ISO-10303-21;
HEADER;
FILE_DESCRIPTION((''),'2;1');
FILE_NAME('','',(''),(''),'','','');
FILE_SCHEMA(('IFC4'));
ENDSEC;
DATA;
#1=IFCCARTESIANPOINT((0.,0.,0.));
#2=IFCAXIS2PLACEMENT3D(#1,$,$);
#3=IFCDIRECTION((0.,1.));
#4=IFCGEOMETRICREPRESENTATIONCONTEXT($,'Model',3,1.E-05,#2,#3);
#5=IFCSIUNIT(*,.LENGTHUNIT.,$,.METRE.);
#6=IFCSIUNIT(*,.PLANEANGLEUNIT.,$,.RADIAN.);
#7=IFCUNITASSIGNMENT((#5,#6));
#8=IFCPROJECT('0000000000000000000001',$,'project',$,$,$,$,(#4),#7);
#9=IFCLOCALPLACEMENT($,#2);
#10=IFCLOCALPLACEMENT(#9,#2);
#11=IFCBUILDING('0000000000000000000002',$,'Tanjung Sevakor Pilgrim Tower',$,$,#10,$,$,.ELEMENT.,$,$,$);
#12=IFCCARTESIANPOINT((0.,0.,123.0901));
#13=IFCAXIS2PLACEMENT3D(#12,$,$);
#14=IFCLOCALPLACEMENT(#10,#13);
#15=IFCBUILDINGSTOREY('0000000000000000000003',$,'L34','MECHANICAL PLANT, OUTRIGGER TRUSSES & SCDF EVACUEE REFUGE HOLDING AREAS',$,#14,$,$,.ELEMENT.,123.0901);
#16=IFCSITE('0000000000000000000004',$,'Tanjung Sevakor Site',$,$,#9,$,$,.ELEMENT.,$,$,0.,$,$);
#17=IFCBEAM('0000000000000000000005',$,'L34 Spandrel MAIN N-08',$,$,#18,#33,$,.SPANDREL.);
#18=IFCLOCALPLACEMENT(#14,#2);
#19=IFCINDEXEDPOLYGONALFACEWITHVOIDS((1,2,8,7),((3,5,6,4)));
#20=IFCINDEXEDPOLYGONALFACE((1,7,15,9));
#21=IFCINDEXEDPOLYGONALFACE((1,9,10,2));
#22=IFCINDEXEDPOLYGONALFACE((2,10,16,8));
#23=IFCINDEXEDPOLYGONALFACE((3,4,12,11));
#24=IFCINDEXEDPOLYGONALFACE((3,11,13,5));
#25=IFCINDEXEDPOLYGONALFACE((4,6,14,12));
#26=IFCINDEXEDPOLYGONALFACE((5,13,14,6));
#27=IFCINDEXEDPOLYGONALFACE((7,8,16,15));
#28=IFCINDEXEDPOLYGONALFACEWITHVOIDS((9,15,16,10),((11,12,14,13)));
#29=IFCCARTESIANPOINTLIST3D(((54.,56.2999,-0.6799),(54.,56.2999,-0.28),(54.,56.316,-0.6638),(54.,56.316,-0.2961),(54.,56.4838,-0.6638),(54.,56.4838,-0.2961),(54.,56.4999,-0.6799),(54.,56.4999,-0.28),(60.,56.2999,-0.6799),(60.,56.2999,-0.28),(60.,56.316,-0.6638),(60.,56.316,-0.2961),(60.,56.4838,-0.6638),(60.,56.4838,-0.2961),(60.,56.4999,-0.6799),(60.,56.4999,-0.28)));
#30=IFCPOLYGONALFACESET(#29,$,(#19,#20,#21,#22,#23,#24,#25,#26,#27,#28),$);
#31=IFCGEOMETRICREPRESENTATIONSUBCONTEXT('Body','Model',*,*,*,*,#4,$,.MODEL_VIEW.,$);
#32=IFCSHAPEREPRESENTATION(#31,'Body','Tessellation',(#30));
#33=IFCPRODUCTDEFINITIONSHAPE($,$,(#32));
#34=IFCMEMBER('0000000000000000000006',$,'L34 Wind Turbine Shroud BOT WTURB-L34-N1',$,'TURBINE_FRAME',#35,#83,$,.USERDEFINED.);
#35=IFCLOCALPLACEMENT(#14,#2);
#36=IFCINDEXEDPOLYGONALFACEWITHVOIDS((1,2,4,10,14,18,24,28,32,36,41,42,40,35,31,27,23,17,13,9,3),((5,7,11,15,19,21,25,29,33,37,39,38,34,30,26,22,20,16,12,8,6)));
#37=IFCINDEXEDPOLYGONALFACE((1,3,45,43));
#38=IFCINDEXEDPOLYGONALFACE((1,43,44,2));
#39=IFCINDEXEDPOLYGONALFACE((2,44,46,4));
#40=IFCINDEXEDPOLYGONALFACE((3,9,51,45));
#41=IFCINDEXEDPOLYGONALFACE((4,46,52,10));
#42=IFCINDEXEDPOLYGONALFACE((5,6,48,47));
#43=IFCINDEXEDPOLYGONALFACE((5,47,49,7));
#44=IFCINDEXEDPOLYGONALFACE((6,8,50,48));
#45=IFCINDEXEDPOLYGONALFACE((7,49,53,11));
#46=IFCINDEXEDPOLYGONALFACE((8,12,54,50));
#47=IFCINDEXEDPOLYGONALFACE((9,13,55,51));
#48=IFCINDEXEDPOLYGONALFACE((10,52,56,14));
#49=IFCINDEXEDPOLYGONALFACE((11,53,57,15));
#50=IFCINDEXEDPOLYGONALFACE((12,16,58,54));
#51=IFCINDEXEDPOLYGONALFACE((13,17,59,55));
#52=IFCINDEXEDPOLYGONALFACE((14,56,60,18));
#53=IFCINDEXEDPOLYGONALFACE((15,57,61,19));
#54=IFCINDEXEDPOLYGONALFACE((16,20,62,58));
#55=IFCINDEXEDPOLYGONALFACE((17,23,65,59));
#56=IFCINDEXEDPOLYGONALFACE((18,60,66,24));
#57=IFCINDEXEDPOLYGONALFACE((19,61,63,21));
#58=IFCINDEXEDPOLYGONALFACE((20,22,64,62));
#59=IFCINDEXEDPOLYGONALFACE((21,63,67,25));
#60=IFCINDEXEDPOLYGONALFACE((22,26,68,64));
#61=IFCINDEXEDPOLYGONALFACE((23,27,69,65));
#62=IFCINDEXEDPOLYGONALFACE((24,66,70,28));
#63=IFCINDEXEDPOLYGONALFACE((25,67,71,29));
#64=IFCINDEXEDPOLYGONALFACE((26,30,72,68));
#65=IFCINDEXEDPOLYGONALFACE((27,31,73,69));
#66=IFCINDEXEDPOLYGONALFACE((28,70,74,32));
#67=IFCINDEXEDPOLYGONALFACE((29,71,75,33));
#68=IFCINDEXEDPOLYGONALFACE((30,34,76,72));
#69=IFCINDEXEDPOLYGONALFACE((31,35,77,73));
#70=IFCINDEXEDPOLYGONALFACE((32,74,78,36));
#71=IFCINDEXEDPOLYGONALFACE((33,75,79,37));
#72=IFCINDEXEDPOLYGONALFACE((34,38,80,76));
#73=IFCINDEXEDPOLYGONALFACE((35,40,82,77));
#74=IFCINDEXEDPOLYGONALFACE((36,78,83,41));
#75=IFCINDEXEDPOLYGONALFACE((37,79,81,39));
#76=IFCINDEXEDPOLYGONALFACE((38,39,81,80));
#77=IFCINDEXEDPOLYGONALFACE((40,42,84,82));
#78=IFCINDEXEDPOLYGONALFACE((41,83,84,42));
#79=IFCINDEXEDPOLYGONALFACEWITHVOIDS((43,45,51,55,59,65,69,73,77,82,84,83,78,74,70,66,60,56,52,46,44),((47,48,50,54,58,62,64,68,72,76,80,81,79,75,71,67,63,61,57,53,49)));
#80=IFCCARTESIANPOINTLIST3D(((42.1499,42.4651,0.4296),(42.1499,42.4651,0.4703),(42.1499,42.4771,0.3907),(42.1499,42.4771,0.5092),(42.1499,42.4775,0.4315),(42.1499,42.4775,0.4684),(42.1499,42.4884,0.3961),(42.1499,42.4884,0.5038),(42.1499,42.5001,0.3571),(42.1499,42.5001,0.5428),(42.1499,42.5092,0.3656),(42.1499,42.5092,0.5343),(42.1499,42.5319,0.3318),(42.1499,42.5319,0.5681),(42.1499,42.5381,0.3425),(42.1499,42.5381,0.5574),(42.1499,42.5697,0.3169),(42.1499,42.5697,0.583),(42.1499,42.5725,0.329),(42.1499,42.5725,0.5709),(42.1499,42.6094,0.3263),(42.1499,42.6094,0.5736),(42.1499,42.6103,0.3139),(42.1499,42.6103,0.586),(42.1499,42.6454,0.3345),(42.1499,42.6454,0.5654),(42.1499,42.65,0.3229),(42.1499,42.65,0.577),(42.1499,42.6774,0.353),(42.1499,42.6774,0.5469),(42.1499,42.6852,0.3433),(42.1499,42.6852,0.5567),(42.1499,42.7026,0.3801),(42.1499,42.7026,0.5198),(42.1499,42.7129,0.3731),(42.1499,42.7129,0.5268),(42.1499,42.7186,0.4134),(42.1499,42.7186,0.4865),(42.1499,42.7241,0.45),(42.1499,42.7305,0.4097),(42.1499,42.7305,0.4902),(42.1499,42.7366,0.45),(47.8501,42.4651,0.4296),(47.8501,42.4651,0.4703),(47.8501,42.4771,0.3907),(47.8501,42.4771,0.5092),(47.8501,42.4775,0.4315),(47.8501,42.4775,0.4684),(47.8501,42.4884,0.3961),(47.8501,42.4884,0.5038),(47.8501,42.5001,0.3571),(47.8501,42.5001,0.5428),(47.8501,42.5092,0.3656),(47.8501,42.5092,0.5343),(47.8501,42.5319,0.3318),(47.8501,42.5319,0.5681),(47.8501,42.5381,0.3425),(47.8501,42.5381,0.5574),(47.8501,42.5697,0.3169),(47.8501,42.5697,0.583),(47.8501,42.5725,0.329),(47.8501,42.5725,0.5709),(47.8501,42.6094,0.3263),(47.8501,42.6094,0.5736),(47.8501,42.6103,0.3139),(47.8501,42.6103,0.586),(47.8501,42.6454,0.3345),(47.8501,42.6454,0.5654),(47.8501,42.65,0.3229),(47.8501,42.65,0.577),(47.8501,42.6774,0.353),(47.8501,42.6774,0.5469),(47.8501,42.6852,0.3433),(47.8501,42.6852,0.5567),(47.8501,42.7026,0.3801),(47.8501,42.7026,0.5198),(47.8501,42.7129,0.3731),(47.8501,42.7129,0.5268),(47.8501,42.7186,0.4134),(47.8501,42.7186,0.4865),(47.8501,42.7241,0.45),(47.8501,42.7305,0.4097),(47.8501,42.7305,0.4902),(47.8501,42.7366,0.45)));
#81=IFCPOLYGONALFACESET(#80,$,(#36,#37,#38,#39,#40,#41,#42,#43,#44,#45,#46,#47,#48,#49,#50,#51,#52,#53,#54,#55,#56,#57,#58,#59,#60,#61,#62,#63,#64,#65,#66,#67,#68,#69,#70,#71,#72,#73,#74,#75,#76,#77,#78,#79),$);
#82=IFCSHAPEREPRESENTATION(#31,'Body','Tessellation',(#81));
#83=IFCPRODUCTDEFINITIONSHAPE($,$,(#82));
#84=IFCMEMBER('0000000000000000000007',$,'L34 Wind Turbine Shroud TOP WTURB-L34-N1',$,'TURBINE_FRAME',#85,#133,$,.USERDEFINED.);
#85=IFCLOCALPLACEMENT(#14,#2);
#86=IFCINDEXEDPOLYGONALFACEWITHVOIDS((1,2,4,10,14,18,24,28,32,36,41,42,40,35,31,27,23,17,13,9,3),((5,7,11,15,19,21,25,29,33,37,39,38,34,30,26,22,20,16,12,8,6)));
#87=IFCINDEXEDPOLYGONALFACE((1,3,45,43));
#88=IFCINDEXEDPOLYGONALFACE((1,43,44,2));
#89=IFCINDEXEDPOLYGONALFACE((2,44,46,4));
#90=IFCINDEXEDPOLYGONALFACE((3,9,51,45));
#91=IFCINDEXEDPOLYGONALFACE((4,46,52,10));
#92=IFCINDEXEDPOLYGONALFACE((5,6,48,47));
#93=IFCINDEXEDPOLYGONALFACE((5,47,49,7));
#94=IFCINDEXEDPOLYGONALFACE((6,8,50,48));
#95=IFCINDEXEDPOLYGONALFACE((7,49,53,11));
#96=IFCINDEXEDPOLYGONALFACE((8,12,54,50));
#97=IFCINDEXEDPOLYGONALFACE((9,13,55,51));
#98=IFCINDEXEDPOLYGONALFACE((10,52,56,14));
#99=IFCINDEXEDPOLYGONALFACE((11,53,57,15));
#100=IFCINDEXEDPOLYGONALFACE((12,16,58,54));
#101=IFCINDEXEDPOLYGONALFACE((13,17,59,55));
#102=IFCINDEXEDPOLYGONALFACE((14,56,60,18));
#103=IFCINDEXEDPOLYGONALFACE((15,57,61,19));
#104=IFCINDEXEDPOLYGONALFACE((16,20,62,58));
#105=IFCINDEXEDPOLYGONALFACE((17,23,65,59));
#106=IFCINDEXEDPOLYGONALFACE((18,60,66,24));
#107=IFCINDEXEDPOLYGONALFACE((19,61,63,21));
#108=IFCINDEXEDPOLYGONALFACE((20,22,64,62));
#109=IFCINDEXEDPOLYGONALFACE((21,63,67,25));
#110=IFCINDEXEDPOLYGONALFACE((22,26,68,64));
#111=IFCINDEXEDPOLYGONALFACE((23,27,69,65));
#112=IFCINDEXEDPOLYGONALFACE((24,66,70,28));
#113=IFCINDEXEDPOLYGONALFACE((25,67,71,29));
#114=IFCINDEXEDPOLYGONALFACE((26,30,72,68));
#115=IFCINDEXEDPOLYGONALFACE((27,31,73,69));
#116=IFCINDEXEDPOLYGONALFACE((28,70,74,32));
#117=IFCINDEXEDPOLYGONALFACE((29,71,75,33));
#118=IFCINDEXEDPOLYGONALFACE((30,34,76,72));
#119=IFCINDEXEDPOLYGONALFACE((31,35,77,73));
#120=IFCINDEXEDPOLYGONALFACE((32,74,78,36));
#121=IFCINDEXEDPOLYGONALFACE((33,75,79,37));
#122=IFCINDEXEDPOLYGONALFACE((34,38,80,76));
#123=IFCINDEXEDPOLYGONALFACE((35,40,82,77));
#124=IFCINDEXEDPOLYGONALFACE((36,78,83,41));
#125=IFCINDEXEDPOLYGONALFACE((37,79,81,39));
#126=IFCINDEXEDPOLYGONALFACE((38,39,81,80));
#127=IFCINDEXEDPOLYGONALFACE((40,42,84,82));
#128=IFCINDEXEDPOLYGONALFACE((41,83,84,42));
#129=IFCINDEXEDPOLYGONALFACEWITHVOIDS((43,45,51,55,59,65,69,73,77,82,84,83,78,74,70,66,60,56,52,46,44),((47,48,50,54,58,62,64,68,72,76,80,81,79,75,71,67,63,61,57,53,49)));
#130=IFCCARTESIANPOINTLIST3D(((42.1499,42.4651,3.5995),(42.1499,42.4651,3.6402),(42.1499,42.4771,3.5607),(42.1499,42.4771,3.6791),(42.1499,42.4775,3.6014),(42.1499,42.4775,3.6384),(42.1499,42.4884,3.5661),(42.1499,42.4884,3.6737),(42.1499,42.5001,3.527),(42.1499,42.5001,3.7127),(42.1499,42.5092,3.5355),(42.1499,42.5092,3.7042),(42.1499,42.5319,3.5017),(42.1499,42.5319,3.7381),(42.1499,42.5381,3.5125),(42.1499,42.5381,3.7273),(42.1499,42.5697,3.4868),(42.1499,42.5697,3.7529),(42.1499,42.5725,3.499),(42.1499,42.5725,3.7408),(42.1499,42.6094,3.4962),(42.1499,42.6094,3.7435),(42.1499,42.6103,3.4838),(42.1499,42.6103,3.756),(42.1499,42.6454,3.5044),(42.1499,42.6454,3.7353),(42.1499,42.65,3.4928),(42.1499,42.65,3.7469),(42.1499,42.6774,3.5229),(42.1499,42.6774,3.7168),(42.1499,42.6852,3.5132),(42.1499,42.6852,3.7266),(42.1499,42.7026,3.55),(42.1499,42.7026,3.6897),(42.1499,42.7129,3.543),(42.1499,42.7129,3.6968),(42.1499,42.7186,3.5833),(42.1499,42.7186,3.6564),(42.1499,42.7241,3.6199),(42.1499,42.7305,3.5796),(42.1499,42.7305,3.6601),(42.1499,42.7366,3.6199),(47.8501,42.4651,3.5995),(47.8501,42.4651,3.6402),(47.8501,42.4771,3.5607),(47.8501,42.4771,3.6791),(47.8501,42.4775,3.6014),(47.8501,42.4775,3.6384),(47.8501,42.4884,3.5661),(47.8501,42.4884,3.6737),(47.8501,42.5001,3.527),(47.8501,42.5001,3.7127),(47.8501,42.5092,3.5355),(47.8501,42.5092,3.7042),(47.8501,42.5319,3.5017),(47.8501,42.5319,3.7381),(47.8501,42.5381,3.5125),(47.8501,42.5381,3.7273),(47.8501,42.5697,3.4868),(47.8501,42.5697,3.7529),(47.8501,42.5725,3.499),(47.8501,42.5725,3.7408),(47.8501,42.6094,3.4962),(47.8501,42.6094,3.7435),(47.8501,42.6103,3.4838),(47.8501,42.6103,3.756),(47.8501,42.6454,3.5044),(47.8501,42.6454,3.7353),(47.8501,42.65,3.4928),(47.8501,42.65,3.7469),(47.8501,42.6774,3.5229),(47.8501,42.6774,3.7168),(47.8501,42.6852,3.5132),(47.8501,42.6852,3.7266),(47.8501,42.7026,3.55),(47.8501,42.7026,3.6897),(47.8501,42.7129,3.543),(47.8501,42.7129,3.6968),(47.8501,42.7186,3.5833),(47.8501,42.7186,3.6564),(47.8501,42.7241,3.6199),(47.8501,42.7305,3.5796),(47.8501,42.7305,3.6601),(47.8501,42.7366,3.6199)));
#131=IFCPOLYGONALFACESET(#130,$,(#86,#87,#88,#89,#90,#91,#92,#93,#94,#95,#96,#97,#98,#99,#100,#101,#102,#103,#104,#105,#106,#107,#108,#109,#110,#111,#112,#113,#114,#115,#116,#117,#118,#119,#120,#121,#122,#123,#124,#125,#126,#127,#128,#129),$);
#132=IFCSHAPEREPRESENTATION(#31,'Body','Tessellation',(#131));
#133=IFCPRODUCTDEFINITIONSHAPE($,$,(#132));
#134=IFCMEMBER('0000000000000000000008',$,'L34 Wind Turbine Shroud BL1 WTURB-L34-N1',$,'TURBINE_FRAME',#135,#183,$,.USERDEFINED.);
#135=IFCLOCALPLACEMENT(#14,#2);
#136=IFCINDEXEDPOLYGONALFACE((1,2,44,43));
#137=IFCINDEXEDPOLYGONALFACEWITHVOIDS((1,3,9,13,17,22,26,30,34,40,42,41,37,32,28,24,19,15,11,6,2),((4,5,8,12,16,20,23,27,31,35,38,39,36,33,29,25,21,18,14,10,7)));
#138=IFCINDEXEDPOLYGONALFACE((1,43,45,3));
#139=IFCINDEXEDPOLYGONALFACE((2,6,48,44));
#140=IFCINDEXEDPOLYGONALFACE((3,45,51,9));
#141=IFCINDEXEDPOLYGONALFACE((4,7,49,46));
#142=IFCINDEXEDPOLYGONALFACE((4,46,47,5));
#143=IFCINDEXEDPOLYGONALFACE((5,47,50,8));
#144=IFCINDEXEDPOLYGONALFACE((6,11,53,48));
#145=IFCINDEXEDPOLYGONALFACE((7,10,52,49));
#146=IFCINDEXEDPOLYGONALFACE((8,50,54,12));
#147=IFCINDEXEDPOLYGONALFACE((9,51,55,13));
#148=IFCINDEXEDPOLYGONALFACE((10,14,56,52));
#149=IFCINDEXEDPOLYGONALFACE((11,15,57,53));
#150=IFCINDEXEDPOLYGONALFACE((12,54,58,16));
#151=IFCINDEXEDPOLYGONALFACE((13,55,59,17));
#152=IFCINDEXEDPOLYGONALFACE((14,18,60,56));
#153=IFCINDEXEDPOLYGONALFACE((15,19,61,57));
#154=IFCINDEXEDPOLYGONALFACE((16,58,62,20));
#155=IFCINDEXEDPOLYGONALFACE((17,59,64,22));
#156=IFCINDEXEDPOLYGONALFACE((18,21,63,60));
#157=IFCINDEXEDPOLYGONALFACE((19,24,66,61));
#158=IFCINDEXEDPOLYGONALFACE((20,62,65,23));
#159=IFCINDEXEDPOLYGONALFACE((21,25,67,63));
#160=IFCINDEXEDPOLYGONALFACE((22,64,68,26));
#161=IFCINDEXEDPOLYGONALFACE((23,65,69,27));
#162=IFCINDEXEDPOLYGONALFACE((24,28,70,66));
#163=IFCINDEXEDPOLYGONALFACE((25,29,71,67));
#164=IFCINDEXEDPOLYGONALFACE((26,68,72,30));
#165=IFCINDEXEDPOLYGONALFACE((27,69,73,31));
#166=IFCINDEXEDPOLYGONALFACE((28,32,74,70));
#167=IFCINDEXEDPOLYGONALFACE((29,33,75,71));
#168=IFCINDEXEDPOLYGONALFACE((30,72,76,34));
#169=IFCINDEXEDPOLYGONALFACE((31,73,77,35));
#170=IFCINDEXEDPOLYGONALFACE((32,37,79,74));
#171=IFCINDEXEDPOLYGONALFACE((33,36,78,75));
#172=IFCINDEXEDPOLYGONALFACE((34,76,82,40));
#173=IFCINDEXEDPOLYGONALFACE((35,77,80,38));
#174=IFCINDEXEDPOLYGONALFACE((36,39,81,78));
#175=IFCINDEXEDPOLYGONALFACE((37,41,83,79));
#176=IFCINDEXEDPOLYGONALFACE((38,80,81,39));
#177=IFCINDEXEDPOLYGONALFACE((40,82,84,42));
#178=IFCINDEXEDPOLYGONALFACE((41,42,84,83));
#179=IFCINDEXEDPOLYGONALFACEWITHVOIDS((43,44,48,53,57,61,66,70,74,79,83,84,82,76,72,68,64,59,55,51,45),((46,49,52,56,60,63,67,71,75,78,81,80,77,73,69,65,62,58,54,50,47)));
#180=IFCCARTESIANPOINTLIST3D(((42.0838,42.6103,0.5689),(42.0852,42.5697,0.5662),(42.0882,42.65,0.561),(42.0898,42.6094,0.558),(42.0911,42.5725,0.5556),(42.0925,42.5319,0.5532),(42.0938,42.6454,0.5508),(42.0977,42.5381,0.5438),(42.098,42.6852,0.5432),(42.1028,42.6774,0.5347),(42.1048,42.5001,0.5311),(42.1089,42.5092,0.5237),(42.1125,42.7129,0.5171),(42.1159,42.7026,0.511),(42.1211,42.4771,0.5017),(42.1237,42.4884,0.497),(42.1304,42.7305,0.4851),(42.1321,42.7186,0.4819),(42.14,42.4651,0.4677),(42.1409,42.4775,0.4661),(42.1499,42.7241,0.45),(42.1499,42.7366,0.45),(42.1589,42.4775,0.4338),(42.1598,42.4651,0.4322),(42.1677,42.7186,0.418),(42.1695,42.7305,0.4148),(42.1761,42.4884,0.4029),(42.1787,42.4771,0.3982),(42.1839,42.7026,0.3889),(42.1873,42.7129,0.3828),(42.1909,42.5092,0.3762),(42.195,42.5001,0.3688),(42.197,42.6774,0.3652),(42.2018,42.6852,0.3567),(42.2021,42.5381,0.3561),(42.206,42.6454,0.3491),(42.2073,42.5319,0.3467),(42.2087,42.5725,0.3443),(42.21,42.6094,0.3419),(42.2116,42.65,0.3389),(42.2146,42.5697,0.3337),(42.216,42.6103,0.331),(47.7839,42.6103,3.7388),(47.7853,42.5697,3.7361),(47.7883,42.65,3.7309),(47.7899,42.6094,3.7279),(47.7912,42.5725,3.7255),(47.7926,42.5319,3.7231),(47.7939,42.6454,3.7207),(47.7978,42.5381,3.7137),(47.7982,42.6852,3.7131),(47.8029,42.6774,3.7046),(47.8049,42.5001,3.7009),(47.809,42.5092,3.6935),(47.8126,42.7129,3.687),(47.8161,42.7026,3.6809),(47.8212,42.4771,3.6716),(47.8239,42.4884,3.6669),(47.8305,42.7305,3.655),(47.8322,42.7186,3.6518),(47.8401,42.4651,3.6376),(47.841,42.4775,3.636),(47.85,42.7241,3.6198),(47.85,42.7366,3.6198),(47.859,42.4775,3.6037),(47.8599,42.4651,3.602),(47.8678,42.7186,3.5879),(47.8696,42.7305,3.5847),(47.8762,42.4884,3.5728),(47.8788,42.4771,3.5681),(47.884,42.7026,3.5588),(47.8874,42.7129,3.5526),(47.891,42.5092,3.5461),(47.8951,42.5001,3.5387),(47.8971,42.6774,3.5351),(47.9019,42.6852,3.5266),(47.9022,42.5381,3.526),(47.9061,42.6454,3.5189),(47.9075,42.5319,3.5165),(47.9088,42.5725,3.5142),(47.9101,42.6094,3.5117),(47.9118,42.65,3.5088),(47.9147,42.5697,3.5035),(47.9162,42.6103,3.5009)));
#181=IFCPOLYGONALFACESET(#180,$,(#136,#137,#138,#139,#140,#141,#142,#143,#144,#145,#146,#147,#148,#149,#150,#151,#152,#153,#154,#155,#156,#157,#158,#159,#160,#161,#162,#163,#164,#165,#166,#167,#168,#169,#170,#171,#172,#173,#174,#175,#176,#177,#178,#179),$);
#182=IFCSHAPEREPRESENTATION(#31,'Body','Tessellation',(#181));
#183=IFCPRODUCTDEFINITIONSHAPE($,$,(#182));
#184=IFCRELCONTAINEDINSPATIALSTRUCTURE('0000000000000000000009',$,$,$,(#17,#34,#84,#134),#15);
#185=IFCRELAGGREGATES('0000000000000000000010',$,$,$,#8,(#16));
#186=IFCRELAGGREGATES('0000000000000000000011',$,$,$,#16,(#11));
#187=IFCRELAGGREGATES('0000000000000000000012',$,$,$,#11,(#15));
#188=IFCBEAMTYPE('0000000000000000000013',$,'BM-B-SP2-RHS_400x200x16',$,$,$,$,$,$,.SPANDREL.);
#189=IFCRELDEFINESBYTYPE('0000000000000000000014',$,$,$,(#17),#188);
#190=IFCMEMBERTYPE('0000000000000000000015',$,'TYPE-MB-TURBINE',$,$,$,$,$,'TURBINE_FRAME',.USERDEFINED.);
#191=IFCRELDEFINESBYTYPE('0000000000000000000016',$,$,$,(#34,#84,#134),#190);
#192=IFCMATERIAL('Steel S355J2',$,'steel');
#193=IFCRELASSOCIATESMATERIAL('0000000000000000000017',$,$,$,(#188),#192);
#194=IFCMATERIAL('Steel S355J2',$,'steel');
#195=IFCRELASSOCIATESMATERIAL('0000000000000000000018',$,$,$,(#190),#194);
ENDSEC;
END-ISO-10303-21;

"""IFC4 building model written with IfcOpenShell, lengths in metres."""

from ifc_helpers import new_model, si_unit, direction, frame, origin, origin_2d, place, context, subcontext, project, spatial, hollow_rectangle, hollow_circle, extrude, material, material_profile, profile_set, type_object, element, save


model = new_model("IFC4")

# Units and contexts
model_context = context("Model", 3, precision=1e-05, world=origin(), true_north=direction((0.0, 1.0)))
body_context = subcontext(model_context, "Body", "Model", "MODEL_VIEW")
ifc_project = project(units=[si_unit("LENGTHUNIT", "METRE"), si_unit("PLANEANGLEUNIT", "RADIAN")], contexts=[model_context])

# Site, building, storey
site_placement = place(None, origin())
site = spatial("IfcSite", under=ifc_project, at=site_placement, Name="Tanjung Sevakor Site", CompositionType="ELEMENT", RefElevation=0.0)
building_placement = place(site_placement, origin())
building = spatial("IfcBuilding", under=site, at=building_placement, Name="Tanjung Sevakor Pilgrim Tower", CompositionType="ELEMENT")
storey_placement = place(building_placement, frame((0.0, 0.0, 123.0901)))
storey = spatial("IfcBuildingStorey", under=building, at=storey_placement, Name="L34", Description="MECHANICAL PLANT, OUTRIGGER TRUSSES & SCDF EVACUEE REFUGE HOLDING AREAS", CompositionType="ELEMENT", Elevation=123.0901)

# Beam
ifc_material_1 = material(Name="Steel S355J2", Category="steel")
ifc_material_profile_1 = material_profile(ifc_material_1, hollow_rectangle(XDim=0.2, YDim=0.3999, WallThickness=0.0161, at=origin_2d()))
ifc_profile_set_1 = profile_set([ifc_material_profile_1], Name="Steel S355J2")
beam_type_1 = type_object("IfcBeamType", Name="BM-B-SP2-RHS_400x200x16", PredefinedType="SPANDREL", material=ifc_profile_set_1)
beam_1_placement = place(storey_placement, frame((54.0, 56.3999, -0.48), z_axis=(1.0, 0.0, 0.0), x_axis=(0.0, 1.0, 0.0)))
element("IfcBeam", 1, at=beam_1_placement, inside=storey, type_object=beam_type_1, Name="L34 Spandrel MAIN N-08", PredefinedType="SPANDREL", context=body_context, shape_type="SweptSolid", body=[
    extrude(hollow_rectangle(XDim=0.2, YDim=0.3999, WallThickness=0.0161, at=origin_2d()), origin(), (0.0, 0.0, 1.0), 6.0),
])

# Members
ifc_material_2 = material(Name="Steel S355J2", Category="steel")
ifc_material_profile_2 = material_profile(ifc_material_2, hollow_circle(Radius=0.1365, WallThickness=0.0125, at=origin_2d()))
ifc_profile_set_2 = profile_set([ifc_material_profile_2], Name="Steel S355J2")
member_type = type_object("IfcMemberType", Name="TYPE-MB-TURBINE", ElementType="TURBINE_FRAME", PredefinedType="USERDEFINED", material=ifc_profile_set_2)
for number, where, z_axis, x_axis, name in (
    (2, (42.1499, 42.6001, 0.45), (1.0, 0.0, 0.0), (0.0, 1.0, 0.0), "L34 Wind Turbine Shroud BOT WTURB-L34-N1"),
    (3, (42.1499, 42.6001, 3.6199), (1.0, 0.0, 0.0), (0.0, 1.0, 0.0), "L34 Wind Turbine Shroud TOP WTURB-L34-N1"),
):
    element("IfcMember", number, at=place(storey_placement, frame(where, z_axis=z_axis, x_axis=x_axis)), inside=storey, type_object=member_type, Name=name, ObjectType="TURBINE_FRAME", PredefinedType="USERDEFINED", context=body_context, shape_type="SweptSolid", body=[
        extrude(hollow_circle(Radius=0.1365, WallThickness=0.0125, at=origin_2d()), origin(), (0.0, 0.0, 1.0), 5.7002),
    ])
for number, where, z_axis, x_axis, name in (
    (4, (42.1499, 42.6001, 0.45), (0.873952, 0.0, 0.486012), (0.0, 1.0, 0.0), "L34 Wind Turbine Shroud BL1 WTURB-L34-N1"),
):
    element("IfcMember", number, at=place(storey_placement, frame(where, z_axis=z_axis, x_axis=x_axis)), inside=storey, type_object=member_type, Name=name, ObjectType="TURBINE_FRAME", PredefinedType="USERDEFINED", context=body_context, shape_type="SweptSolid", body=[
        extrude(hollow_circle(Radius=0.1365, WallThickness=0.0125, at=origin_2d()), origin(), (0.0, 0.0, 1.0), 6.5222),
    ])

save(model, "model.ifc")
